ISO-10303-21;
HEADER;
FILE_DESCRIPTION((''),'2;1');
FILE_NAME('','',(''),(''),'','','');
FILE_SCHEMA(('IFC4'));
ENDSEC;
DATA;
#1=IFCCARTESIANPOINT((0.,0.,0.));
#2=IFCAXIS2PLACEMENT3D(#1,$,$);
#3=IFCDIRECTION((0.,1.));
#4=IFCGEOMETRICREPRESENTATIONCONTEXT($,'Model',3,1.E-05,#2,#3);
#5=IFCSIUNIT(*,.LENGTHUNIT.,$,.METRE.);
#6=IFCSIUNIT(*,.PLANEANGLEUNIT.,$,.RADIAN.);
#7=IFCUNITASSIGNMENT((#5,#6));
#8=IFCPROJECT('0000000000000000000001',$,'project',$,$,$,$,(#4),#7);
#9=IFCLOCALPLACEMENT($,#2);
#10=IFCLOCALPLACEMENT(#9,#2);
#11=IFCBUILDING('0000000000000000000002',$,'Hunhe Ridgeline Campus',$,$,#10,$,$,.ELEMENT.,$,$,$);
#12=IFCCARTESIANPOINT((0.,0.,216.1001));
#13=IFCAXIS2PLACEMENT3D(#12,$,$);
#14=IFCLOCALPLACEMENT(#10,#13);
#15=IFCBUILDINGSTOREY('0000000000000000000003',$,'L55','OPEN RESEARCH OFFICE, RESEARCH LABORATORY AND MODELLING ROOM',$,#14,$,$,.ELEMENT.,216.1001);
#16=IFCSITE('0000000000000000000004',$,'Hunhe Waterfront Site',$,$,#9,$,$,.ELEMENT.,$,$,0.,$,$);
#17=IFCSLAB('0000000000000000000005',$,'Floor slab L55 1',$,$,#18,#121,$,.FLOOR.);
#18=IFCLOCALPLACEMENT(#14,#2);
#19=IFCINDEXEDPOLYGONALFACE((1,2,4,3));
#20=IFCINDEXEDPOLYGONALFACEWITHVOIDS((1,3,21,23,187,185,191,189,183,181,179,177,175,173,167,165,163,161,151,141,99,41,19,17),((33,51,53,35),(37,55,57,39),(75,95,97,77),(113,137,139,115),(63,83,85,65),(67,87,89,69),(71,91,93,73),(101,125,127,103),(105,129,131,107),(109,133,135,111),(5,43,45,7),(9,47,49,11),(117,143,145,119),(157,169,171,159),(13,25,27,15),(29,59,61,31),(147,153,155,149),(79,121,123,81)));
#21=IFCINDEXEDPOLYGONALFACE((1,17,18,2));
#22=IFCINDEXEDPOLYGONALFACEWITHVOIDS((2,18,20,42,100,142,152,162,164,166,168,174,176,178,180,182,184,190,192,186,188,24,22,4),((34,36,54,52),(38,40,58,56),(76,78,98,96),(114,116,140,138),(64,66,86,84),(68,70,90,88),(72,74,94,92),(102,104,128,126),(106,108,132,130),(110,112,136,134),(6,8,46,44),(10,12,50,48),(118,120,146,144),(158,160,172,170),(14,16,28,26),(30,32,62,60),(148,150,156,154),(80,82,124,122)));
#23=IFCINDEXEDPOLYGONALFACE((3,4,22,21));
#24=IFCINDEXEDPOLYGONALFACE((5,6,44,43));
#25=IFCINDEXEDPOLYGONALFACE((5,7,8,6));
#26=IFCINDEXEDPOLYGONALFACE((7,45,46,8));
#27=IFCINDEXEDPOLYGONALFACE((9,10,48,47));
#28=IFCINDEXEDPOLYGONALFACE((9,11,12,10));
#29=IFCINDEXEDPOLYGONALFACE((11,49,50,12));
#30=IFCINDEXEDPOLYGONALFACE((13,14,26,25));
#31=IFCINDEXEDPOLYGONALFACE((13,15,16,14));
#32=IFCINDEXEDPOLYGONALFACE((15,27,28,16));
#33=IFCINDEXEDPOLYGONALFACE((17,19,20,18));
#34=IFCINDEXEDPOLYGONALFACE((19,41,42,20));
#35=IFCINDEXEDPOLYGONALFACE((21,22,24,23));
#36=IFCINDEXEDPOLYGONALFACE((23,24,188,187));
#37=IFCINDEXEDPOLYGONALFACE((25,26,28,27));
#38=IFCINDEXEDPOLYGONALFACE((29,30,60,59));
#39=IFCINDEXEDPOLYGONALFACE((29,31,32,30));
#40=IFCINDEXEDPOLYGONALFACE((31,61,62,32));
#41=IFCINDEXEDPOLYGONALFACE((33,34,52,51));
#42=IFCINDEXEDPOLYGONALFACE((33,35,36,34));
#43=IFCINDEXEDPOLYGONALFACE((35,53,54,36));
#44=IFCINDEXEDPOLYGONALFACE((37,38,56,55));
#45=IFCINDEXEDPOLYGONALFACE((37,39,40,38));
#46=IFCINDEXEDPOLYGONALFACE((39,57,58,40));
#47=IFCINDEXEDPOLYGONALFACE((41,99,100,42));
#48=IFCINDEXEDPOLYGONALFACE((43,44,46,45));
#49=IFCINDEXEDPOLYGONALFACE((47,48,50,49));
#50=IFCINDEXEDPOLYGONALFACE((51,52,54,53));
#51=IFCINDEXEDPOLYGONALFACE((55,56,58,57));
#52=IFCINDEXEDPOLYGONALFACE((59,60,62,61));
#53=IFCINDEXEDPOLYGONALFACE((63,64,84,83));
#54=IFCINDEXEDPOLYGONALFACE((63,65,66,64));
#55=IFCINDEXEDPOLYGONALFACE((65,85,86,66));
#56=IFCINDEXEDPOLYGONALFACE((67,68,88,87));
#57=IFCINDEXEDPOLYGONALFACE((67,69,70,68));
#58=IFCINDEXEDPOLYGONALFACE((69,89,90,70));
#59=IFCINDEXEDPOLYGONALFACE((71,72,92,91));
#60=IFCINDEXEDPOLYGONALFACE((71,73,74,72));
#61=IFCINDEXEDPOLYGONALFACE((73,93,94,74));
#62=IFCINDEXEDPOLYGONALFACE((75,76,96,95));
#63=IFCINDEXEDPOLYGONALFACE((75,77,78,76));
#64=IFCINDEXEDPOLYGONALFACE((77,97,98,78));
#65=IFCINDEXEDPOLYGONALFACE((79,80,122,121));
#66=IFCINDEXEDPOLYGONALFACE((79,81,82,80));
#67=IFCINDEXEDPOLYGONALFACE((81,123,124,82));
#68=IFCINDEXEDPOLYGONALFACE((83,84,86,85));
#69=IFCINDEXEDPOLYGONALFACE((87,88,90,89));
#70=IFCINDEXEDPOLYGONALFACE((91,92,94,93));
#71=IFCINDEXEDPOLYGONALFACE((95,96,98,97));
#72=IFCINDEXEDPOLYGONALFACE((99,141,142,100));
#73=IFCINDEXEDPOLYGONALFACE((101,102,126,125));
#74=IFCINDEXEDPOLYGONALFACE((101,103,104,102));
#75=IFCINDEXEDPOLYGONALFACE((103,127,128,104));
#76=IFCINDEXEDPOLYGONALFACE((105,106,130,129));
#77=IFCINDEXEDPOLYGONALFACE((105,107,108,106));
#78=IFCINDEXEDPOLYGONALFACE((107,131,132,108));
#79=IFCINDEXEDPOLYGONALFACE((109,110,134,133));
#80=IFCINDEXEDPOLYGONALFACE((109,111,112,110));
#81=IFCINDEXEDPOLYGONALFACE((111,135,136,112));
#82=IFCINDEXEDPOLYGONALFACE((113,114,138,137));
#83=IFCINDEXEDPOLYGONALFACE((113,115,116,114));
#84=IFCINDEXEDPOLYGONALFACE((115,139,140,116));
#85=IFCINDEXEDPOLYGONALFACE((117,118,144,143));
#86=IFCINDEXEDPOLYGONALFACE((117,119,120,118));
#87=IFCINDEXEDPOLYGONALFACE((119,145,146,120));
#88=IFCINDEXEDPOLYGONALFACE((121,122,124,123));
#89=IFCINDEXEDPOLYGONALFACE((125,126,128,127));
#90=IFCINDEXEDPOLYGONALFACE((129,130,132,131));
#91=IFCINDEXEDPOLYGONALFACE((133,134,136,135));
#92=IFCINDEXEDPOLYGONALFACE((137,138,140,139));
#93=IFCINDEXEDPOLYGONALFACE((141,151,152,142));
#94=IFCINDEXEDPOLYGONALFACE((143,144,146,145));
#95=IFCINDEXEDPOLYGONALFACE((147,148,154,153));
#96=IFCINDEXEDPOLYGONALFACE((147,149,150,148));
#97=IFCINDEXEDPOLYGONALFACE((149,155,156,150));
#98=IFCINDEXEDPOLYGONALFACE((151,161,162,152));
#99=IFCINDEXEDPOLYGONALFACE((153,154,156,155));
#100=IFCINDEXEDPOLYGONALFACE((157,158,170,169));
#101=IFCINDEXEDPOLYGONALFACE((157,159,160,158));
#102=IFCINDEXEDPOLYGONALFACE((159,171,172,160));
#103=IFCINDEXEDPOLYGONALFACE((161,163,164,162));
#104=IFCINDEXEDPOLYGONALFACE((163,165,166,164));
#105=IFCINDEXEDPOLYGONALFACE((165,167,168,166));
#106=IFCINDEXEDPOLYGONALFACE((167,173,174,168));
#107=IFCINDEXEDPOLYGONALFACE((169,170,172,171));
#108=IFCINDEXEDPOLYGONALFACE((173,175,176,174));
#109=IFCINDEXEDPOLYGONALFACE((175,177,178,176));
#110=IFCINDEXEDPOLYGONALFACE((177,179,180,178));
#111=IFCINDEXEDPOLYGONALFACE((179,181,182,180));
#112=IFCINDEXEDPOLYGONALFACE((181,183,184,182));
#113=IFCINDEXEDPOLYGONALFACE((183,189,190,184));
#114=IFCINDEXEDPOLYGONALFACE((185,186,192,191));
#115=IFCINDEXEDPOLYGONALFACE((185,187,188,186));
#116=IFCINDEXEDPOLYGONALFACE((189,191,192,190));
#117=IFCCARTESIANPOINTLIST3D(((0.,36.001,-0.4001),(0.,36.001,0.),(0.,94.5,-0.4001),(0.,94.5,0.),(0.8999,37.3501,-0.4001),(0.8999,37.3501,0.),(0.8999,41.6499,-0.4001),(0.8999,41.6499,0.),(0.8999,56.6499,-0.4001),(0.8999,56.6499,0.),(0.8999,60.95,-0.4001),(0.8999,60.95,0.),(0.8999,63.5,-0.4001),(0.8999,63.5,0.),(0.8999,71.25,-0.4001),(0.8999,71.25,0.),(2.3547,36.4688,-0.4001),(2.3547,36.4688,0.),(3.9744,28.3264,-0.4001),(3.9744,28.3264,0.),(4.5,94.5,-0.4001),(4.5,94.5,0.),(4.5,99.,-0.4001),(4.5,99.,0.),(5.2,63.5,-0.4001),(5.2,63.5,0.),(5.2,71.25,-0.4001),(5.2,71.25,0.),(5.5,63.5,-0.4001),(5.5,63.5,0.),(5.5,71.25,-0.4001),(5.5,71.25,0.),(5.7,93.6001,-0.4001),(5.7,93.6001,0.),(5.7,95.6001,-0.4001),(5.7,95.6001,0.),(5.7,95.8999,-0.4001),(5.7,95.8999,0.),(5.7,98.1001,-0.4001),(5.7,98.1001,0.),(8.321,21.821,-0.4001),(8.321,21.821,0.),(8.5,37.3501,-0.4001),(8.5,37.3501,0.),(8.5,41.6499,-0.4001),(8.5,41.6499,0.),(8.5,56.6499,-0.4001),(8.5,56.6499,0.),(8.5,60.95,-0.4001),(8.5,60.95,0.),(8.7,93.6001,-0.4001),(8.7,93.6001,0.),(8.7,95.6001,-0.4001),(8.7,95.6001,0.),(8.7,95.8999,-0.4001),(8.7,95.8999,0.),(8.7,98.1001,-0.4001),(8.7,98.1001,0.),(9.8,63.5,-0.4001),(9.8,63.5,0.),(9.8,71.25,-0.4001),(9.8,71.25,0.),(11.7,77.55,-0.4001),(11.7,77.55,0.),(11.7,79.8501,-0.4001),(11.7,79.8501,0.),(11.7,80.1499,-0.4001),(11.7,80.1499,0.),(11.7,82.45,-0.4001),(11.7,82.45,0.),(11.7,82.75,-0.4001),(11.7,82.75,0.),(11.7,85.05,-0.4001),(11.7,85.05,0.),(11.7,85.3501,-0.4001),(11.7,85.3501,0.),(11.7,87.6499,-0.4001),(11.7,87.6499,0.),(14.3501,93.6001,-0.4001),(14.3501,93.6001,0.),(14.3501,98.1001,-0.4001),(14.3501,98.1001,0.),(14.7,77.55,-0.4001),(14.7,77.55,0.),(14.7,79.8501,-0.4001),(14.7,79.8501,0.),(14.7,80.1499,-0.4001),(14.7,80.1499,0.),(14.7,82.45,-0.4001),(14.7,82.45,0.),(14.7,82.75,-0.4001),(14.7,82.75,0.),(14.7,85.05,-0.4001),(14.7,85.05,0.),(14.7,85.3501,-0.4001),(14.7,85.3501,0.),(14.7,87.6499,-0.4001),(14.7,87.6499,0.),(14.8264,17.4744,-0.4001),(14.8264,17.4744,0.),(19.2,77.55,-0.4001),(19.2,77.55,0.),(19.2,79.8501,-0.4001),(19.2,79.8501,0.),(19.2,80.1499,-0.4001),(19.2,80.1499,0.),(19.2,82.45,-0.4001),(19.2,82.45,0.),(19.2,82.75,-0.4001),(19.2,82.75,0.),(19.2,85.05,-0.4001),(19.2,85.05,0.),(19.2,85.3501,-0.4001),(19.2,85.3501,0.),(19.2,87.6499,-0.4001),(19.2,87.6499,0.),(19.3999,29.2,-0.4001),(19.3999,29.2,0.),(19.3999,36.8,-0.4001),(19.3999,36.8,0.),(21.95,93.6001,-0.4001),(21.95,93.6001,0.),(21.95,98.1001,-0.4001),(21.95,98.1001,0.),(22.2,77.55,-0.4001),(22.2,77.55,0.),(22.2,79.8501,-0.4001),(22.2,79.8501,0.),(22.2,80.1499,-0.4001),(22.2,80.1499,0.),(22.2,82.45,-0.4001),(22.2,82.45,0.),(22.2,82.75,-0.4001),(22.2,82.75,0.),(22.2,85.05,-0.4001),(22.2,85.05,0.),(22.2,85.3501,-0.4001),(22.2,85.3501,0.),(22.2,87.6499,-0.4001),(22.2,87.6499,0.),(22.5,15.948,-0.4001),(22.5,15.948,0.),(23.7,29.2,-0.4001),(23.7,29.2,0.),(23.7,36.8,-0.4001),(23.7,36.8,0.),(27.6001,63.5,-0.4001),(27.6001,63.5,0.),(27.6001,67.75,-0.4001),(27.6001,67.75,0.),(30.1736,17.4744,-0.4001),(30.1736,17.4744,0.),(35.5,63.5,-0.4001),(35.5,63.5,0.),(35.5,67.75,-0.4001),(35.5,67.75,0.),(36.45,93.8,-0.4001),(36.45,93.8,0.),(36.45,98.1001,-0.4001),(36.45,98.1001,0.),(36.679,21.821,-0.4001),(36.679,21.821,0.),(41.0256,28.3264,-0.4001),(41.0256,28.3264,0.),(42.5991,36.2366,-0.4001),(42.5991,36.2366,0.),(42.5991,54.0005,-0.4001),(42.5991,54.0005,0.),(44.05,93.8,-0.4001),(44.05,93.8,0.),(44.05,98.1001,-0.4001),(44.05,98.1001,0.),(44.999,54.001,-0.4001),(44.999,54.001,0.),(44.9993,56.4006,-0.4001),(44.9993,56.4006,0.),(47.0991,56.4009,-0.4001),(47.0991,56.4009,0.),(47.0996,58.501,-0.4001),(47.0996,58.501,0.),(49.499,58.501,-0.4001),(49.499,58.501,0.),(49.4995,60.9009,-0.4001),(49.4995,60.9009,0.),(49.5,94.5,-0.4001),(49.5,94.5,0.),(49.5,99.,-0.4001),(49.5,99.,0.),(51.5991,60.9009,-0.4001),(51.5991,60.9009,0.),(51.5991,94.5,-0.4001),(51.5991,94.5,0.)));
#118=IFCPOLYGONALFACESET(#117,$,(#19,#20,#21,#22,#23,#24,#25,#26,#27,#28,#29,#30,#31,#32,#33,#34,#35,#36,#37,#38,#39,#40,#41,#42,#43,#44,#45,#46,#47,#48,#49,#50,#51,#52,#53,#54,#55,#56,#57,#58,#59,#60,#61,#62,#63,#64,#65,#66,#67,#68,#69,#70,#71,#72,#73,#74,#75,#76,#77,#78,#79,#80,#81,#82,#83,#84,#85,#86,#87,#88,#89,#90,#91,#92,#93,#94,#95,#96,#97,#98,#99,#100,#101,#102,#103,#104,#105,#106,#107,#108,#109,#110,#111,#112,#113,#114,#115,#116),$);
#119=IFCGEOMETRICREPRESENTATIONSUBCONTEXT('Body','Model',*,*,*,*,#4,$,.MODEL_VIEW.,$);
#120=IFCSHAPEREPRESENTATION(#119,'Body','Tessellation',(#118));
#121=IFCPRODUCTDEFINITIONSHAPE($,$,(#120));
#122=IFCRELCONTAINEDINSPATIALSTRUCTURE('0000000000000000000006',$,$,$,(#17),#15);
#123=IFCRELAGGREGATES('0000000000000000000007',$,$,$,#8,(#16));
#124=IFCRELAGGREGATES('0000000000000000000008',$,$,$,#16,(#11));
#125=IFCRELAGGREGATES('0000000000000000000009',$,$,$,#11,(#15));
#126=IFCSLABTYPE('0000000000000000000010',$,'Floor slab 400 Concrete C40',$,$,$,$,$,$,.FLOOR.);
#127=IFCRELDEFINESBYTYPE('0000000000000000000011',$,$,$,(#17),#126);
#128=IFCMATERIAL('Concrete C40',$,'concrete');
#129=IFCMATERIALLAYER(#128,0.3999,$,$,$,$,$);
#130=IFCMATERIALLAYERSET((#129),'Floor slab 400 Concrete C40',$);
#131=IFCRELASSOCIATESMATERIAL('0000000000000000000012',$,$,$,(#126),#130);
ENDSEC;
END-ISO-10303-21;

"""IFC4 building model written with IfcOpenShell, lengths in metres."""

from ifc_helpers import new_model, si_unit, direction, frame, origin, place, context, subcontext, project, spatial, polyline, outline, extrude, material, layer, layer_set, type_object, element, save


model = new_model("IFC4")

# Units and contexts
model_context = context("Model", 3, precision=1e-05, world=origin(), true_north=direction((0.0, 1.0)))
body_context = subcontext(model_context, "Body", "Model", "MODEL_VIEW")
ifc_project = project(units=[si_unit("LENGTHUNIT", "METRE"), si_unit("PLANEANGLEUNIT", "RADIAN")], contexts=[model_context])

# Site, building, storey
site_placement = place(None, origin())
site = spatial("IfcSite", under=ifc_project, at=site_placement, Name="Hunhe Waterfront Site", CompositionType="ELEMENT", RefElevation=0.0)
building_placement = place(site_placement, origin())
building = spatial("IfcBuilding", under=site, at=building_placement, Name="Hunhe Ridgeline Campus", CompositionType="ELEMENT")
storey_placement = place(building_placement, frame((0.0, 0.0, 216.1001)))
storey = spatial("IfcBuildingStorey", under=building, at=storey_placement, Name="L55", Description="OPEN RESEARCH OFFICE, RESEARCH LABORATORY AND MODELLING ROOM", CompositionType="ELEMENT", Elevation=216.1001)

# Slab
ifc_material_1 = material(Name="Concrete C40", Category="concrete")
ifc_layer_1 = layer(ifc_material_1, 0.3999)
ifc_layer_set_1 = layer_set([ifc_layer_1], Name="Floor slab 400 Concrete C40")
slab_type_1 = type_object("IfcSlabType", Name="Floor slab 400 Concrete C40", PredefinedType="FLOOR", material=ifc_layer_set_1)
slab_1_placement = place(storey_placement, frame((0.0, 0.0, -0.4001)))
element("IfcSlab", 1, at=slab_1_placement, inside=storey, type_object=slab_type_1, Name="Floor slab L55 1", PredefinedType="FLOOR", context=body_context, shape_type="SweptSolid", body=[
    extrude(outline(polyline([(30.1736, 17.4744), (36.679, 21.821), (41.0256, 28.3264), (42.5991, 36.2366), (42.5991, 54.0005), (44.999, 54.001), (44.9993, 56.4006), (47.0991, 56.4009), (47.0996, 58.501), (49.499, 58.501), (49.4995, 60.9009), (51.5991, 60.9009), (51.5991, 94.5), (49.5, 94.5), (49.5, 99.0), (4.5, 99.0), (4.5, 94.5), (0.0, 94.5), (0.0, 36.001), (2.3547, 36.4688), (3.9744, 28.3264), (8.321, 21.821), (14.8264, 17.4744), (22.5, 15.948), (30.1736, 17.4744)]), holes=[polyline([(36.45, 93.8), (44.05, 93.8), (44.05, 98.1001), (36.45, 98.1001), (36.45, 93.8)]), polyline([(35.5, 63.5), (35.5, 67.75), (27.6001, 67.75), (27.6001, 63.5), (35.5, 63.5)]), polyline([(19.3999, 29.2), (23.7, 29.2), (23.7, 36.8), (19.3999, 36.8), (19.3999, 29.2)]), polyline([(22.2, 80.1499), (22.2, 82.45), (19.2, 82.45), (19.2, 80.1499), (22.2, 80.1499)]), polyline([(22.2, 79.8501), (19.2, 79.8501), (19.2, 77.55), (22.2, 77.55), (22.2, 79.8501)]), polyline([(19.2, 87.6499), (19.2, 85.3501), (22.2, 85.3501), (22.2, 87.6499), (19.2, 87.6499)]), polyline([(19.2, 82.75), (22.2, 82.75), (22.2, 85.05), (19.2, 85.05), (19.2, 82.75)]), polyline([(14.3501, 93.6001), (21.95, 93.6001), (21.95, 98.1001), (14.3501, 98.1001), (14.3501, 93.6001)]), polyline([(14.7, 79.8501), (11.7, 79.8501), (11.7, 77.55), (14.7, 77.55), (14.7, 79.8501)]), polyline([(14.7, 80.1499), (14.7, 82.45), (11.7, 82.45), (11.7, 80.1499), (14.7, 80.1499)]), polyline([(11.7, 87.6499), (11.7, 85.3501), (14.7, 85.3501), (14.7, 87.6499), (11.7, 87.6499)]), polyline([(11.7, 82.75), (14.7, 82.75), (14.7, 85.05), (11.7, 85.05), (11.7, 82.75)]), polyline([(9.8, 71.25), (5.5, 71.25), (5.5, 63.5), (9.8, 63.5), (9.8, 71.25)]), polyline([(8.7, 95.8999), (8.7, 98.1001), (5.7, 98.1001), (5.7, 95.8999), (8.7, 95.8999)]), polyline([(8.7, 95.6001), (5.7, 95.6001), (5.7, 93.6001), (8.7, 93.6001), (8.7, 95.6001)]), polyline([(0.8999, 37.3501), (8.5, 37.3501), (8.5, 41.6499), (0.8999, 41.6499), (0.8999, 37.3501)]), polyline([(0.8999, 60.95), (0.8999, 56.6499), (8.5, 56.6499), (8.5, 60.95), (0.8999, 60.95)]), polyline([(0.8999, 71.25), (0.8999, 63.5), (5.2, 63.5), (5.2, 71.25), (0.8999, 71.25)])]), origin(), (0.0, 0.0, 1.0), 0.4001),
])

save(model, "model.ifc")
